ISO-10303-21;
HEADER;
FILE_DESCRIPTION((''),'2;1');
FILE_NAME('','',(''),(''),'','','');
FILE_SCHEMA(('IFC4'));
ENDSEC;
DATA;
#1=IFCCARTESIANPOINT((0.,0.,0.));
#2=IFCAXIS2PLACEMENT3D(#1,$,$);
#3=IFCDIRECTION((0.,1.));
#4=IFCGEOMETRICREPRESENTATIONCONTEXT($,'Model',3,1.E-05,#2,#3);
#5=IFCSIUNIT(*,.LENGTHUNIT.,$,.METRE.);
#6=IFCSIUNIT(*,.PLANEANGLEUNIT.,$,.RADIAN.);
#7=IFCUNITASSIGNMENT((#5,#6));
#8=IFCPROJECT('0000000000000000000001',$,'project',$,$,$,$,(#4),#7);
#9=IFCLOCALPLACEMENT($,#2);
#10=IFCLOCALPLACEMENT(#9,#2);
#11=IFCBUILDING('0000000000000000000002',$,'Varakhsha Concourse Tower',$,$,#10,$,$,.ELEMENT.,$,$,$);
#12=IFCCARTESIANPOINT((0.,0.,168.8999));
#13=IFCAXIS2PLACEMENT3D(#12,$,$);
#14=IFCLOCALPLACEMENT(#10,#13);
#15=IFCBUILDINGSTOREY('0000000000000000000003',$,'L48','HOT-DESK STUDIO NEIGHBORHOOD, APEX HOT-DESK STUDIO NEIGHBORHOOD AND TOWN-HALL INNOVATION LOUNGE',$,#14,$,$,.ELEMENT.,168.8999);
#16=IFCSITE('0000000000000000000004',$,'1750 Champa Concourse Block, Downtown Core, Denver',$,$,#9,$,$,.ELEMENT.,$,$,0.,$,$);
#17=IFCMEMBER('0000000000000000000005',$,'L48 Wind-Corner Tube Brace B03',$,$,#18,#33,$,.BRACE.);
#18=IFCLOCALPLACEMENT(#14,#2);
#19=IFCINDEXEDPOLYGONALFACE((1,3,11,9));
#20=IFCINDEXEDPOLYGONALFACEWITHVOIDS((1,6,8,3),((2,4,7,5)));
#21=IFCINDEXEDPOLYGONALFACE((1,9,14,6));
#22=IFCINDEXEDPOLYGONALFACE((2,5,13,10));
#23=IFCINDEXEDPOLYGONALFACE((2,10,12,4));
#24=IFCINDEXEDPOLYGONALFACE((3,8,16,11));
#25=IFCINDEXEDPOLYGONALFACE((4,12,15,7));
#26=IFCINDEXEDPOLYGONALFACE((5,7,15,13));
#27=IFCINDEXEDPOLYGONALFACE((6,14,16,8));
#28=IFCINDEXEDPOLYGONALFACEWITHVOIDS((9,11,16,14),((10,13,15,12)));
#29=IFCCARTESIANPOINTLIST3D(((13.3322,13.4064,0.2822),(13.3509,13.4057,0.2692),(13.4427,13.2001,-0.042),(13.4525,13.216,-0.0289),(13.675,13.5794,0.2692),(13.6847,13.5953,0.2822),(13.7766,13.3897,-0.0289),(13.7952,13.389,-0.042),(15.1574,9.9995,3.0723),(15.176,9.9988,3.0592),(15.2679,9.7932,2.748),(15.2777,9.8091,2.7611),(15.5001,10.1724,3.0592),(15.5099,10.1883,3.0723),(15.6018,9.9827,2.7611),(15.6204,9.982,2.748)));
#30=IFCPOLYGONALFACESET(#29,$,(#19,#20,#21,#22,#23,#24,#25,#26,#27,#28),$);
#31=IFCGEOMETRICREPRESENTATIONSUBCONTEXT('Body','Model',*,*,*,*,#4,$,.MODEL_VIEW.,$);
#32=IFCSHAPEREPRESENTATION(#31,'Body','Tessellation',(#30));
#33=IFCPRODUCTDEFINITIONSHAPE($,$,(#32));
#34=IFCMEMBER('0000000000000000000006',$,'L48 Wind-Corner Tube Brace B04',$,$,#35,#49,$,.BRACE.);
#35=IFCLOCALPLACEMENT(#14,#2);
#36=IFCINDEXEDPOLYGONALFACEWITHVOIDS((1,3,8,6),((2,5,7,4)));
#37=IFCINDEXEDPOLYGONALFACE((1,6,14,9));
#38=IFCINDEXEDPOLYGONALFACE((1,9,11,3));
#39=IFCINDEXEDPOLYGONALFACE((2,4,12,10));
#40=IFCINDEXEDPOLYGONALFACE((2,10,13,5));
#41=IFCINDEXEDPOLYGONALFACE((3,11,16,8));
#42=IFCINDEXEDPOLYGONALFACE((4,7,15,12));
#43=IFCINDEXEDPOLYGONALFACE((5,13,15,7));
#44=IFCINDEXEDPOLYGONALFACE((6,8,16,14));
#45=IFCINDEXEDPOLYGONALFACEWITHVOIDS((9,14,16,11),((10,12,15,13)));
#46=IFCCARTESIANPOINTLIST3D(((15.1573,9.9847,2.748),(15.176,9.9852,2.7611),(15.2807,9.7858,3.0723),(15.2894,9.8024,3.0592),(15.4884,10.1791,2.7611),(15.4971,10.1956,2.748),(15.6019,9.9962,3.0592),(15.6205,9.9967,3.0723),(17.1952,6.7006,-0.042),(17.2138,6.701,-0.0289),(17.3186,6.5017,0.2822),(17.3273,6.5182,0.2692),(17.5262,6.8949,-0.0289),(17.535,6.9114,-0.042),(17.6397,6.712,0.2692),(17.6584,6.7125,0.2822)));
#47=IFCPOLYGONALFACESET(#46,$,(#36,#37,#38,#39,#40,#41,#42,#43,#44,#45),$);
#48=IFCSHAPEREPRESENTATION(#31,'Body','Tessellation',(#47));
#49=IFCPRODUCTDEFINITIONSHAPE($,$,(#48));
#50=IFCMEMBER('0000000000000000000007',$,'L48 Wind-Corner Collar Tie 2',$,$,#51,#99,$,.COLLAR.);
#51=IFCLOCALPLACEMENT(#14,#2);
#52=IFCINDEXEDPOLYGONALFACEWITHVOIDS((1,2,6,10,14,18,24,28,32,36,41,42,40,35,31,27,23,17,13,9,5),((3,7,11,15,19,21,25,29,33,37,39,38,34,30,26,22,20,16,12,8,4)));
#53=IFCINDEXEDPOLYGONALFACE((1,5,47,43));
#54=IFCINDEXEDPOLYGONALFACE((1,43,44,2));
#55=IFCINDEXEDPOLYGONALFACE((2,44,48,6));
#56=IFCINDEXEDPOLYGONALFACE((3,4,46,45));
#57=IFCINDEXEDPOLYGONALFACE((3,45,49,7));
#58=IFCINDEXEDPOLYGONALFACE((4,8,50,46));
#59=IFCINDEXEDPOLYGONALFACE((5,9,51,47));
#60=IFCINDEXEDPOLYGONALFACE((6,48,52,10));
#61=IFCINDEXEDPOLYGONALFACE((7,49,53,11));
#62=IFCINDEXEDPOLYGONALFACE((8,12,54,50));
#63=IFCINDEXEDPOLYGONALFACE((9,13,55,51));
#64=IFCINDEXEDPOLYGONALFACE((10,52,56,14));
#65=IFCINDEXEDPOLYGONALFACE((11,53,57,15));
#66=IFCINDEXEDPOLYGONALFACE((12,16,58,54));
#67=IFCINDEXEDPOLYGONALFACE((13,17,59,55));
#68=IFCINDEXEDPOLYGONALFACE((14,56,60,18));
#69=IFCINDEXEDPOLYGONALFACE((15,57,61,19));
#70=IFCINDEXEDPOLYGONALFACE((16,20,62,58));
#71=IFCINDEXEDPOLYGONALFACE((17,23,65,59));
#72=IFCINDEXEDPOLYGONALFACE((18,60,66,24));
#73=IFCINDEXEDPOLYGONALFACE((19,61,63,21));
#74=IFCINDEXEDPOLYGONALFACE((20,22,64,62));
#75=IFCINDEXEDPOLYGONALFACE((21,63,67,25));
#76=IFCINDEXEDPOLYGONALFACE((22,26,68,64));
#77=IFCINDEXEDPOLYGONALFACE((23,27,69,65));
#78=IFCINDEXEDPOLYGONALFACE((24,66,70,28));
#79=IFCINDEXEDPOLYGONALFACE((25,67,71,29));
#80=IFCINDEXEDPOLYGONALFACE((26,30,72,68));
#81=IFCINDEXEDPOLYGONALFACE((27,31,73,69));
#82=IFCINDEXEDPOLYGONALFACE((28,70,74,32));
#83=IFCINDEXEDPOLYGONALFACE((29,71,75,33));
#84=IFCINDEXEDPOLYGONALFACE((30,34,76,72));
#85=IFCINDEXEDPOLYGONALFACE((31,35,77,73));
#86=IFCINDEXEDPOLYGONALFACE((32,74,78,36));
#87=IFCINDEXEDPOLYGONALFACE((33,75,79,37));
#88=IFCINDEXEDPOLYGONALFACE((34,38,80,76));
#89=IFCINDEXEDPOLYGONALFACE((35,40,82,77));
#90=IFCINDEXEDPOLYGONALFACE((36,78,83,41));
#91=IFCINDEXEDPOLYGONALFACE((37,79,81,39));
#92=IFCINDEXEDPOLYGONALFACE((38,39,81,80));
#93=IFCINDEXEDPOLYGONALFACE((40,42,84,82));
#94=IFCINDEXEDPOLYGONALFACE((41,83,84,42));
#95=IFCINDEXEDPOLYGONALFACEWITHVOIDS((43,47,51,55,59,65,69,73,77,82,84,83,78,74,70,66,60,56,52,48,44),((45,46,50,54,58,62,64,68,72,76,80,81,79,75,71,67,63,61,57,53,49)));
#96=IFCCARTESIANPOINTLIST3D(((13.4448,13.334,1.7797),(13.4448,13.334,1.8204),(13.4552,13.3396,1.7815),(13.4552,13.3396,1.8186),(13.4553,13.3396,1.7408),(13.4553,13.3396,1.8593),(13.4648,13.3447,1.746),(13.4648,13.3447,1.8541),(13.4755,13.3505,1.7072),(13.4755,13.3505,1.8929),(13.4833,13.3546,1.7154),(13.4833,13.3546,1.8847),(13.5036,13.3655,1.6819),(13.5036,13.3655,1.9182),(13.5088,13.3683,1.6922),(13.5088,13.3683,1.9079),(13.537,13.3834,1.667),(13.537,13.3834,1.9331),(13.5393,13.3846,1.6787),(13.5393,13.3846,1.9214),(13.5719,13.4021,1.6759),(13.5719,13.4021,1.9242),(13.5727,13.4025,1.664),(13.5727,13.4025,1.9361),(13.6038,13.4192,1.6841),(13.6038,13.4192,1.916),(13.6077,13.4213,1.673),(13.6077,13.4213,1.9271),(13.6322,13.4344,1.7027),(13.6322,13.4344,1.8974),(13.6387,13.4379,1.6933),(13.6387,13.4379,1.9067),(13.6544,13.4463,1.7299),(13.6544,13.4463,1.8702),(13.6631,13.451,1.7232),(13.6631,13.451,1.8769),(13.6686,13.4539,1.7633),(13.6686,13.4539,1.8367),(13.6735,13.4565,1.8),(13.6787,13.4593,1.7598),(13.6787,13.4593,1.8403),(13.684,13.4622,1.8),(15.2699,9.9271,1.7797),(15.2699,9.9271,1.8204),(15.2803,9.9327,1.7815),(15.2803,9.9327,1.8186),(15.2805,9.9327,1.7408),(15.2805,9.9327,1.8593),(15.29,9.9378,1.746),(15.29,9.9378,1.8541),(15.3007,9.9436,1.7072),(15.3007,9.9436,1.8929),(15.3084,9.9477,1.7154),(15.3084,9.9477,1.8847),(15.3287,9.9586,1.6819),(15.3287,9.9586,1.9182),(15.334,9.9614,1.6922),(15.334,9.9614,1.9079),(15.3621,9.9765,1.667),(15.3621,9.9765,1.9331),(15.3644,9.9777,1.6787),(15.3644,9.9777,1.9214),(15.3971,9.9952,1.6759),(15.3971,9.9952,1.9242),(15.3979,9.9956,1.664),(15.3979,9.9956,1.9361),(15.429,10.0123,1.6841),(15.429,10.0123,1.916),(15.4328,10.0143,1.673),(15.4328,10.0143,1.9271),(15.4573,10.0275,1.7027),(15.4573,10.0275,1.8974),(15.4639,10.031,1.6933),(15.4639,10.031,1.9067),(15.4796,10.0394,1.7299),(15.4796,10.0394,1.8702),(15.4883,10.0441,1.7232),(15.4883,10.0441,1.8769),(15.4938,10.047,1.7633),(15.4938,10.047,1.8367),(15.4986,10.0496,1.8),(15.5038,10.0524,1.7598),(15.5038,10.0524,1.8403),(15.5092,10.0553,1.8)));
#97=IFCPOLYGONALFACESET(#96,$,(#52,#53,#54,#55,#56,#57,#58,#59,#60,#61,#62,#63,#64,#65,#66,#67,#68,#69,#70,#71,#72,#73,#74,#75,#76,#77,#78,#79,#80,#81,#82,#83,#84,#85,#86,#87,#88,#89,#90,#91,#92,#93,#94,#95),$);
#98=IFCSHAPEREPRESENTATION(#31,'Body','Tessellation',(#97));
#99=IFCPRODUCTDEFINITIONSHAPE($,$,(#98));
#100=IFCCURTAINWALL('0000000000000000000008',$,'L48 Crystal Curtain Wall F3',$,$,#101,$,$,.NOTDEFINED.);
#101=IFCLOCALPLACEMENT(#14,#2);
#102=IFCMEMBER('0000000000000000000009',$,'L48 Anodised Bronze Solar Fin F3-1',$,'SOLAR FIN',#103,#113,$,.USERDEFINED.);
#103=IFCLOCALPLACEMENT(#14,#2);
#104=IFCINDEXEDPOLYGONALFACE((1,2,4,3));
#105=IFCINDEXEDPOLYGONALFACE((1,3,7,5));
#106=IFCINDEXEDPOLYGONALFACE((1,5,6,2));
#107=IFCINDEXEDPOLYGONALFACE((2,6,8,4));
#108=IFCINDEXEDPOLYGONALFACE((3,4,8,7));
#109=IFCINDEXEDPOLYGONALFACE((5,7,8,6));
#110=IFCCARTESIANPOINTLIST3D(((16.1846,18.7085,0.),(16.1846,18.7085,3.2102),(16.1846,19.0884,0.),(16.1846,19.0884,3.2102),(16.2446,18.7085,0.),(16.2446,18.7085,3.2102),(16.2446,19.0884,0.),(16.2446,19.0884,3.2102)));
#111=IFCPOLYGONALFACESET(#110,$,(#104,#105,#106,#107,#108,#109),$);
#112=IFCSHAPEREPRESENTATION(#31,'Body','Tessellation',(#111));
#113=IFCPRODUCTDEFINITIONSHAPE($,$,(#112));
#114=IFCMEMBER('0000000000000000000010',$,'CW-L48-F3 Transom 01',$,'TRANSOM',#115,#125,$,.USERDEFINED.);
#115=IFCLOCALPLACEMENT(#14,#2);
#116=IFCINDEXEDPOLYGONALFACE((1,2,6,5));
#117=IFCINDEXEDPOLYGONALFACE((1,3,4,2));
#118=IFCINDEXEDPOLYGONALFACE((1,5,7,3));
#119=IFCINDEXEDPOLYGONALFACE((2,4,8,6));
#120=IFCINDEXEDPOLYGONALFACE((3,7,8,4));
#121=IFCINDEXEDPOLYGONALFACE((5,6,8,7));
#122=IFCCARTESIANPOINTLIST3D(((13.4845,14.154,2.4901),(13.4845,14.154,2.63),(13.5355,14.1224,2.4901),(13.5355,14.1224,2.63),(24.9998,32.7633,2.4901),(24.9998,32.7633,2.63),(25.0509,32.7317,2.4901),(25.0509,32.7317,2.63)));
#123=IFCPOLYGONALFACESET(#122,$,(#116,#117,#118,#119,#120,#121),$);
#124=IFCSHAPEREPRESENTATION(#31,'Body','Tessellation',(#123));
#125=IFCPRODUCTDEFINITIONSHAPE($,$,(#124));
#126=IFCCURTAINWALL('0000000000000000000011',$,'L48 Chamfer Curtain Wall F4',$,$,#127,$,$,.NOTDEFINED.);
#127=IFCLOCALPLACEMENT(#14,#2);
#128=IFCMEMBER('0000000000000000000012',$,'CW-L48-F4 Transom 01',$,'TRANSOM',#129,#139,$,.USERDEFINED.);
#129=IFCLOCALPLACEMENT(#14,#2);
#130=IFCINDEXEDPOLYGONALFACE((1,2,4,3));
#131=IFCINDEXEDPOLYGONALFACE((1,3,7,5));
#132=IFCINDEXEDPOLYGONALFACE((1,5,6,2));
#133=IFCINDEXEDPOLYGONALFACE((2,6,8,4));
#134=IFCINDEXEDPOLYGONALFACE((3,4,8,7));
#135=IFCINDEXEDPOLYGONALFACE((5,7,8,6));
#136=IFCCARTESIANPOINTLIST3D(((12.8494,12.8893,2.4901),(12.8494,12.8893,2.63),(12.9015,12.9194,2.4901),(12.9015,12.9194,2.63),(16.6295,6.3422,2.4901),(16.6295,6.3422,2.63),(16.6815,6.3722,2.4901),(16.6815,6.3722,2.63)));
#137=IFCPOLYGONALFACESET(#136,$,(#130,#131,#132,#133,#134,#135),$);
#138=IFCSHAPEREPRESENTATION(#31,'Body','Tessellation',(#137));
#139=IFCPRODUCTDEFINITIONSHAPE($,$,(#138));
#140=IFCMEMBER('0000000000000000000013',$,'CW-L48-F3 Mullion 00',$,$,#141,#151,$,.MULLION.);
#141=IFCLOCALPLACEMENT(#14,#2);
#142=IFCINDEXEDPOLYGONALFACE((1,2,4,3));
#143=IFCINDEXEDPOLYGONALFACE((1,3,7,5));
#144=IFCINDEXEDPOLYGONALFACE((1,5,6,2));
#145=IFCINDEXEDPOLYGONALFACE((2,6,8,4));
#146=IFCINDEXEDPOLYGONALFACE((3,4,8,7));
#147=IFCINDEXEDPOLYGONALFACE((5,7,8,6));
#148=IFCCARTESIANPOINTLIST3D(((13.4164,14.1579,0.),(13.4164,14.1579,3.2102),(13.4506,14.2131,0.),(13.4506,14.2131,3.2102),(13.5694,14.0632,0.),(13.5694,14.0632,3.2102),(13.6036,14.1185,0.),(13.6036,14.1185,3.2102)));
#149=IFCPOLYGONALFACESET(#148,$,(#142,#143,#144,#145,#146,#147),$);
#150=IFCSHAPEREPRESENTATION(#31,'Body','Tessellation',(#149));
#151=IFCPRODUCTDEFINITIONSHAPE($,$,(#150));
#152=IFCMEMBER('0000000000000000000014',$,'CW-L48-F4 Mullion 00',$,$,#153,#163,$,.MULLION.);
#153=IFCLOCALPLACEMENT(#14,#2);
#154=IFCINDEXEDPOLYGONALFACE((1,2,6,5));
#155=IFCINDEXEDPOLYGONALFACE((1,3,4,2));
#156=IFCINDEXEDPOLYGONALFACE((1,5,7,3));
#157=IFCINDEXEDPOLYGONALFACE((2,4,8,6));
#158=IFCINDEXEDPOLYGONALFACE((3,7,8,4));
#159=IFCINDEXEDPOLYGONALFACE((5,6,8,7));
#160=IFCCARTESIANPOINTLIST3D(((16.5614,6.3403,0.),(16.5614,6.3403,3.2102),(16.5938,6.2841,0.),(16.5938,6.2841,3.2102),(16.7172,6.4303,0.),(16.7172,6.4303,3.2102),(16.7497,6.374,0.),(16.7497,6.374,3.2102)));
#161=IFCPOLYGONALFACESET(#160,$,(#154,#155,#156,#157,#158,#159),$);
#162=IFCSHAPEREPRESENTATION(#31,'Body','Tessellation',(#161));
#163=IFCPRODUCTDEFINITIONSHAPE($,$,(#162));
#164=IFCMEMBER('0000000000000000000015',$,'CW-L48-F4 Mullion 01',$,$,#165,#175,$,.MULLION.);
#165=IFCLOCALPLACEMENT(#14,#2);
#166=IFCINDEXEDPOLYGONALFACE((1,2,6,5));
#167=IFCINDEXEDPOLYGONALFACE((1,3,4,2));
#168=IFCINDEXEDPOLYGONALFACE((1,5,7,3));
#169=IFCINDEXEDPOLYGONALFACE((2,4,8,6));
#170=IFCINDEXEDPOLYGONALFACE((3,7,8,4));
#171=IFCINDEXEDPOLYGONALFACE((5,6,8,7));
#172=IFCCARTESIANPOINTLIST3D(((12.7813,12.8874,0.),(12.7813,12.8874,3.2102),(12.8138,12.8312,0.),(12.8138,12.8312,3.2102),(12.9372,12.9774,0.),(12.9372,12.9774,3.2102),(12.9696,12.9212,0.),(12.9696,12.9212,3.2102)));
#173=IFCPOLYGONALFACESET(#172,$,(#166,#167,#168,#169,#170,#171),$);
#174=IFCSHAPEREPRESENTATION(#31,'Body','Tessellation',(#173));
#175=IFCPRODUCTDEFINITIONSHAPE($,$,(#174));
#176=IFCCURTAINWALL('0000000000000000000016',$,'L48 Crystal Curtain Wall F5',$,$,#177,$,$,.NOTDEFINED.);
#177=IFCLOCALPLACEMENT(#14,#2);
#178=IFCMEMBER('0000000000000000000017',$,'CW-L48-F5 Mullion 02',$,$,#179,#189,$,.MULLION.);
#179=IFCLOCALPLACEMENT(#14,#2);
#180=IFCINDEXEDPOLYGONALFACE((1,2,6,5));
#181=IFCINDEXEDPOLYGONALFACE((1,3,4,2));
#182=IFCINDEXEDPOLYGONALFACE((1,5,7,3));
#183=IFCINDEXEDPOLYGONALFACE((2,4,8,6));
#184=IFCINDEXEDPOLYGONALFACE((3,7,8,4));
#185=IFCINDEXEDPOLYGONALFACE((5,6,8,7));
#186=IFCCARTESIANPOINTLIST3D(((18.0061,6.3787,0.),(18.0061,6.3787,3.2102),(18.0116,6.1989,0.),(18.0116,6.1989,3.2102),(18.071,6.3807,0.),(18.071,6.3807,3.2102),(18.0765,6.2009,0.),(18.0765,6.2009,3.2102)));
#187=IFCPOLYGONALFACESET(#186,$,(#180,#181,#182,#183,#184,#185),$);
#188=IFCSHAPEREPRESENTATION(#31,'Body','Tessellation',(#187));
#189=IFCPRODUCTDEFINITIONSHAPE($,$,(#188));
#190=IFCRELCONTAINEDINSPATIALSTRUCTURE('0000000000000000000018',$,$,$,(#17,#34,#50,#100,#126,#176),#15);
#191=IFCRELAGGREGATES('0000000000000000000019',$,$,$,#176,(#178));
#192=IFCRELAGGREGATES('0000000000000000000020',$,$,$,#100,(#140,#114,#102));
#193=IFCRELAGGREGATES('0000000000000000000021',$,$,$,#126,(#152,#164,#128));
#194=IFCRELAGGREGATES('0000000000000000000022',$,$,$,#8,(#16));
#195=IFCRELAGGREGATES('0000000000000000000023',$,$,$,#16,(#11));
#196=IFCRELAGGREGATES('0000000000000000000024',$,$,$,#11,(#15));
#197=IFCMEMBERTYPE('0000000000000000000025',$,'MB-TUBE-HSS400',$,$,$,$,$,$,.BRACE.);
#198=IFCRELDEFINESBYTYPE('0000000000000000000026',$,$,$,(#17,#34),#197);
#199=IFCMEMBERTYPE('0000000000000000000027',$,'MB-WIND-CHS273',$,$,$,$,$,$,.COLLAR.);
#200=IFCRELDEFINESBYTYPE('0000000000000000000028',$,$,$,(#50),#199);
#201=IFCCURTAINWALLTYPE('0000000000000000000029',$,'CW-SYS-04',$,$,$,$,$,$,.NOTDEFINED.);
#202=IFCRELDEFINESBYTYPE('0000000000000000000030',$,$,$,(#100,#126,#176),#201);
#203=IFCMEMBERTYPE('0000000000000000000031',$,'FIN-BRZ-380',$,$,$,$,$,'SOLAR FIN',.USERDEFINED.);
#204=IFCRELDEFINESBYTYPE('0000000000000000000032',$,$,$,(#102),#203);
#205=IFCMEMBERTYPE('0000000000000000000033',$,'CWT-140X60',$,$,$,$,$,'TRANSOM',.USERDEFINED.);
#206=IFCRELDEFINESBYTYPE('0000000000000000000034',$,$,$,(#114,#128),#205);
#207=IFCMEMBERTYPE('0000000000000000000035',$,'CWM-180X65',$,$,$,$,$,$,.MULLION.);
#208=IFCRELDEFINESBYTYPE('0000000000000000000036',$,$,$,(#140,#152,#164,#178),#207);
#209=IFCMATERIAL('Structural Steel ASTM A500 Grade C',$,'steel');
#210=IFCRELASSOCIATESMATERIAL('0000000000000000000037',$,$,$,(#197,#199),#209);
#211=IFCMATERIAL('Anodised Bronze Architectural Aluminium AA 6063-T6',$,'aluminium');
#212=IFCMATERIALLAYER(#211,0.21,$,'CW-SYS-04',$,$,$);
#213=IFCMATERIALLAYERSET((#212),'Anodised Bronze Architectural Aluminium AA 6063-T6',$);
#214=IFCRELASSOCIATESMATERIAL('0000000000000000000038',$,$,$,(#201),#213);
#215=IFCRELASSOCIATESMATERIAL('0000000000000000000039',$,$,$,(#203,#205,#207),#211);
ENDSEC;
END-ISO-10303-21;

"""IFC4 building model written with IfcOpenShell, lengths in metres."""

from ifc_helpers import new_model, si_unit, direction, frame, origin, origin_2d, place, context, subcontext, project, spatial, rectangle, hollow_rectangle, hollow_circle, extrude, source, transform, mapped, material, layer, layer_set, material_profile, profile_set, type_object, type_shapes, element, aggregate, save


model = new_model("IFC4")

# Units and contexts
model_context = context("Model", 3, precision=1e-05, world=origin(), true_north=direction((0.0, 1.0)))
body_context = subcontext(model_context, "Body", "Model", "MODEL_VIEW")
ifc_project = project(units=[si_unit("LENGTHUNIT", "METRE"), si_unit("PLANEANGLEUNIT", "RADIAN")], contexts=[model_context])

# Site, building, storey
site_placement = place(None, origin())
site = spatial("IfcSite", under=ifc_project, at=site_placement, Name="1750 Champa Concourse Block, Downtown Core, Denver", CompositionType="ELEMENT", RefElevation=0.0)
building_placement = place(site_placement, origin())
building = spatial("IfcBuilding", under=site, at=building_placement, Name="Varakhsha Concourse Tower", CompositionType="ELEMENT")
storey_placement = place(building_placement, frame((0.0, 0.0, 168.8999)))
storey = spatial("IfcBuildingStorey", under=building, at=storey_placement, Name="L48", Description="HOT-DESK STUDIO NEIGHBORHOOD, APEX HOT-DESK STUDIO NEIGHBORHOOD AND TOWN-HALL INNOVATION LOUNGE", CompositionType="ELEMENT", Elevation=168.8999)

# Members
ifc_material_1 = material(Name="Structural Steel ASTM A500 Grade C", Category="steel")
ifc_material_profile_1 = material_profile(ifc_material_1, hollow_rectangle(XDim=0.3999, YDim=0.3999, WallThickness=0.0161, at=origin_2d()), Name="HSS 400x400x16")
ifc_profile_set_1 = profile_set([ifc_material_profile_1], Name="Structural Steel ASTM A500 Grade C")
member_type_1 = type_object("IfcMemberType", Name="MB-TUBE-HSS400", PredefinedType="BRACE", material=ifc_profile_set_1)
shared_shape_1 = source(origin(), body_context, "Body", "SweptSolid", [
    extrude(hollow_rectangle(XDim=0.3999, YDim=0.3999, WallThickness=0.0161, at=origin_2d()), origin(), (0.0, 0.0, 1.0), 4.7668),
])
type_shapes(member_type_1, [shared_shape_1])
for number, where, z_axis, x_axis, name in (
    (1, (13.5637, 13.3977, 0.1201), (0.382891, -0.714719, 0.585296), (0.881477, 0.472227, 0.0), "L48 Wind-Corner Tube Brace B03"),
    (2, (17.4268, 6.7065, 0.1201), (-0.427502, 0.688961, 0.585299), (-0.849711, -0.527248, 0.0), "L48 Wind-Corner Tube Brace B04"),
):
    element("IfcMember", number, at=place(storey_placement, frame(where, z_axis=z_axis, x_axis=x_axis)), inside=storey, type_object=member_type_1, Name=name, PredefinedType="BRACE", context=body_context, shape_type="MappedRepresentation", body=[
        mapped(shared_shape_1, transform((0.0, 0.0, 0.0), scale=1.0)),
    ])
ifc_material_profile_2 = material_profile(ifc_material_1, hollow_circle(Radius=0.1365, WallThickness=0.012, at=origin_2d()), Name="CHS 273x12")
ifc_profile_set_2 = profile_set([ifc_material_profile_2], Name="Structural Steel ASTM A500 Grade C")
member_type_2 = type_object("IfcMemberType", Name="MB-WIND-CHS273", PredefinedType="COLLAR", material=ifc_profile_set_2)
shared_shape_2 = source(origin(), body_context, "Body", "SweptSolid", [
    extrude(hollow_circle(Radius=0.1365, WallThickness=0.012, at=origin_2d()), origin(), (0.0, 0.0, 1.0), 3.865),
])
type_shapes(member_type_2, [shared_shape_2])
member_1_placement = place(storey_placement, frame((13.5637, 13.3977, 1.8), z_axis=(0.472227, -0.881477, 0.0), x_axis=(0.881477, 0.472227, 0.0)))
element("IfcMember", 3, at=member_1_placement, inside=storey, type_object=member_type_2, Name="L48 Wind-Corner Collar Tie 2", PredefinedType="COLLAR", context=body_context, shape_type="MappedRepresentation", body=[
    mapped(shared_shape_2, transform((0.0, 0.0, 0.0), scale=1.0)),
])

# Curtain wall, members
ifc_material_2 = material(Name="Anodised Bronze Architectural Aluminium AA 6063-T6", Category="aluminium")
ifc_layer_1 = layer(ifc_material_2, 0.21, Name="CW-SYS-04")
ifc_layer_set_1 = layer_set([ifc_layer_1], Name="Anodised Bronze Architectural Aluminium AA 6063-T6")
curtain_wall_type = type_object("IfcCurtainWallType", Name="CW-SYS-04", PredefinedType="NOTDEFINED", material=ifc_layer_set_1)
curtain_wall_1_placement = place(storey_placement, origin())
curtain_wall_1 = element("IfcCurtainWall", 4, at=curtain_wall_1_placement, inside=storey, type_object=curtain_wall_type, Name="L48 Crystal Curtain Wall F3", PredefinedType="NOTDEFINED")
ifc_material_profile_3 = material_profile(ifc_material_2, rectangle(XDim=0.0601, YDim=0.3799, at=origin_2d()), Name="FIN-BRZ-380")
ifc_profile_set_3 = profile_set([ifc_material_profile_3], Name="Anodised Bronze Architectural Aluminium AA 6063-T6")
member_type_3 = type_object("IfcMemberType", Name="FIN-BRZ-380", ElementType="SOLAR FIN", PredefinedType="USERDEFINED", material=ifc_profile_set_3)
shared_shape_3 = source(origin(), body_context, "Body", "SweptSolid", [
    extrude(rectangle(XDim=0.0601, YDim=0.3799, at=origin_2d()), origin(), (0.0, 0.0, 1.0), 3.2102),
])
type_shapes(member_type_3, [shared_shape_3])
member_2_placement = place(storey_placement, frame((16.2146, 18.8984, 0.0), z_axis=(0.0, 0.0, 1.0), x_axis=(1.0, 0.0, 0.0)))
member_2 = element("IfcMember", 5, at=member_2_placement, type_object=member_type_3, Name="L48 Anodised Bronze Solar Fin F3-1", ObjectType="SOLAR FIN", PredefinedType="USERDEFINED", context=body_context, shape_type="MappedRepresentation", body=[
    mapped(shared_shape_3, transform((0.0, 0.0, 0.0), scale=1.0)),
])
ifc_material_profile_4 = material_profile(ifc_material_2, rectangle(XDim=0.0601, YDim=0.1399, at=origin_2d()), Name="CWT-140X60")
ifc_profile_set_4 = profile_set([ifc_material_profile_4], Name="Anodised Bronze Architectural Aluminium AA 6063-T6")
member_type_4 = type_object("IfcMemberType", Name="CWT-140X60", ElementType="TRANSOM", PredefinedType="USERDEFINED", material=ifc_profile_set_4)
shared_shape_4 = source(origin(), body_context, "Body", "SweptSolid", [
    extrude(rectangle(XDim=0.0601, YDim=0.1399, at=origin_2d()), origin(), (0.0, 0.0, 1.0), 21.884),
])
member_3_placement = place(storey_placement, frame((13.51, 14.1382, 2.5601), z_axis=(0.526199, 0.850361, 0.0), x_axis=(-0.850361, 0.526199, 0.0)))
member_3 = element("IfcMember", 6, at=member_3_placement, type_object=member_type_4, Name="CW-L48-F3 Transom 01", ObjectType="TRANSOM", PredefinedType="USERDEFINED", context=body_context, shape_type="MappedRepresentation", body=[
    mapped(shared_shape_4, transform((0.0, 0.0, 0.0), scale=1.0)),
])

# Curtain wall, member
curtain_wall_2_placement = place(storey_placement, origin())
curtain_wall_2 = element("IfcCurtainWall", 7, at=curtain_wall_2_placement, inside=storey, type_object=curtain_wall_type, Name="L48 Chamfer Curtain Wall F4", PredefinedType="NOTDEFINED")
shared_shape_5 = source(origin(), body_context, "Body", "SweptSolid", [
    extrude(rectangle(XDim=0.0601, YDim=0.1399, at=origin_2d()), origin(), (0.0, 0.0, 1.0), 7.5601),
])
type_shapes(member_type_4, [shared_shape_4, shared_shape_5])
member_4_placement = place(storey_placement, frame((16.6555, 6.3572, 2.5601), z_axis=(-0.500005, 0.866023, 0.0), x_axis=(-0.866023, -0.500005, 0.0)))
member_4 = element("IfcMember", 8, at=member_4_placement, type_object=member_type_4, Name="CW-L48-F4 Transom 01", ObjectType="TRANSOM", PredefinedType="USERDEFINED", context=body_context, shape_type="MappedRepresentation", body=[
    mapped(shared_shape_5, transform((0.0, 0.0, 0.0), scale=1.0)),
])

# Members
ifc_material_profile_5 = material_profile(ifc_material_2, rectangle(XDim=0.0649, YDim=0.1799, at=origin_2d()), Name="CWM-180X65")
ifc_profile_set_5 = profile_set([ifc_material_profile_5], Name="Anodised Bronze Architectural Aluminium AA 6063-T6")
member_type_5 = type_object("IfcMemberType", Name="CWM-180X65", PredefinedType="MULLION", material=ifc_profile_set_5)
shared_shape_6 = source(origin(), body_context, "Body", "SweptSolid", [
    extrude(rectangle(XDim=0.0649, YDim=0.1799, at=origin_2d()), origin(), (0.0, 0.0, 1.0), 3.2102),
])
type_shapes(member_type_5, [shared_shape_6])
member_5_placement = place(storey_placement, frame((13.51, 14.1382, 0.0), z_axis=(0.0, 0.0, 1.0), x_axis=(0.526199, 0.850361, 0.0)))
member_5 = element("IfcMember", 9, at=member_5_placement, type_object=member_type_5, Name="CW-L48-F3 Mullion 00", PredefinedType="MULLION", context=body_context, shape_type="MappedRepresentation", body=[
    mapped(shared_shape_6, transform((0.0, 0.0, 0.0), scale=1.0)),
])
member_6_placement = place(storey_placement, frame((16.6555, 6.3572, 0.0), z_axis=(0.0, 0.0, 1.0), x_axis=(-0.499991, 0.866031, 0.0)))
member_6 = element("IfcMember", 10, at=member_6_placement, type_object=member_type_5, Name="CW-L48-F4 Mullion 00", PredefinedType="MULLION", context=body_context, shape_type="MappedRepresentation", body=[
    mapped(shared_shape_6, transform((0.0, 0.0, 0.0), scale=1.0)),
])
member_7_placement = place(storey_placement, frame((12.8755, 12.9043, 0.0), z_axis=(0.0, 0.0, 1.0), x_axis=(-0.499991, 0.866031, 0.0)))
member_7 = element("IfcMember", 11, at=member_7_placement, type_object=member_type_5, Name="CW-L48-F4 Mullion 01", PredefinedType="MULLION", context=body_context, shape_type="MappedRepresentation", body=[
    mapped(shared_shape_6, transform((0.0, 0.0, 0.0), scale=1.0)),
])

# Curtain wall, member
curtain_wall_3_placement = place(storey_placement, origin())
curtain_wall_3 = element("IfcCurtainWall", 12, at=curtain_wall_3_placement, inside=storey, type_object=curtain_wall_type, Name="L48 Crystal Curtain Wall F5", PredefinedType="NOTDEFINED")
member_8_placement = place(storey_placement, frame((18.0413, 6.2898, 0.0), z_axis=(0.0, 0.0, 1.0), x_axis=(-0.999534, -0.030525, 0.0)))
member_8 = element("IfcMember", 13, at=member_8_placement, type_object=member_type_5, Name="CW-L48-F5 Mullion 02", PredefinedType="MULLION", context=body_context, shape_type="MappedRepresentation", body=[
    mapped(shared_shape_6, transform((0.0, 0.0, 0.0), scale=1.0)),
])
aggregate(curtain_wall_3, [member_8])

aggregate(curtain_wall_1, [member_5, member_3, member_2])
aggregate(curtain_wall_2, [member_6, member_7, member_4])

save(model, "model.ifc")
